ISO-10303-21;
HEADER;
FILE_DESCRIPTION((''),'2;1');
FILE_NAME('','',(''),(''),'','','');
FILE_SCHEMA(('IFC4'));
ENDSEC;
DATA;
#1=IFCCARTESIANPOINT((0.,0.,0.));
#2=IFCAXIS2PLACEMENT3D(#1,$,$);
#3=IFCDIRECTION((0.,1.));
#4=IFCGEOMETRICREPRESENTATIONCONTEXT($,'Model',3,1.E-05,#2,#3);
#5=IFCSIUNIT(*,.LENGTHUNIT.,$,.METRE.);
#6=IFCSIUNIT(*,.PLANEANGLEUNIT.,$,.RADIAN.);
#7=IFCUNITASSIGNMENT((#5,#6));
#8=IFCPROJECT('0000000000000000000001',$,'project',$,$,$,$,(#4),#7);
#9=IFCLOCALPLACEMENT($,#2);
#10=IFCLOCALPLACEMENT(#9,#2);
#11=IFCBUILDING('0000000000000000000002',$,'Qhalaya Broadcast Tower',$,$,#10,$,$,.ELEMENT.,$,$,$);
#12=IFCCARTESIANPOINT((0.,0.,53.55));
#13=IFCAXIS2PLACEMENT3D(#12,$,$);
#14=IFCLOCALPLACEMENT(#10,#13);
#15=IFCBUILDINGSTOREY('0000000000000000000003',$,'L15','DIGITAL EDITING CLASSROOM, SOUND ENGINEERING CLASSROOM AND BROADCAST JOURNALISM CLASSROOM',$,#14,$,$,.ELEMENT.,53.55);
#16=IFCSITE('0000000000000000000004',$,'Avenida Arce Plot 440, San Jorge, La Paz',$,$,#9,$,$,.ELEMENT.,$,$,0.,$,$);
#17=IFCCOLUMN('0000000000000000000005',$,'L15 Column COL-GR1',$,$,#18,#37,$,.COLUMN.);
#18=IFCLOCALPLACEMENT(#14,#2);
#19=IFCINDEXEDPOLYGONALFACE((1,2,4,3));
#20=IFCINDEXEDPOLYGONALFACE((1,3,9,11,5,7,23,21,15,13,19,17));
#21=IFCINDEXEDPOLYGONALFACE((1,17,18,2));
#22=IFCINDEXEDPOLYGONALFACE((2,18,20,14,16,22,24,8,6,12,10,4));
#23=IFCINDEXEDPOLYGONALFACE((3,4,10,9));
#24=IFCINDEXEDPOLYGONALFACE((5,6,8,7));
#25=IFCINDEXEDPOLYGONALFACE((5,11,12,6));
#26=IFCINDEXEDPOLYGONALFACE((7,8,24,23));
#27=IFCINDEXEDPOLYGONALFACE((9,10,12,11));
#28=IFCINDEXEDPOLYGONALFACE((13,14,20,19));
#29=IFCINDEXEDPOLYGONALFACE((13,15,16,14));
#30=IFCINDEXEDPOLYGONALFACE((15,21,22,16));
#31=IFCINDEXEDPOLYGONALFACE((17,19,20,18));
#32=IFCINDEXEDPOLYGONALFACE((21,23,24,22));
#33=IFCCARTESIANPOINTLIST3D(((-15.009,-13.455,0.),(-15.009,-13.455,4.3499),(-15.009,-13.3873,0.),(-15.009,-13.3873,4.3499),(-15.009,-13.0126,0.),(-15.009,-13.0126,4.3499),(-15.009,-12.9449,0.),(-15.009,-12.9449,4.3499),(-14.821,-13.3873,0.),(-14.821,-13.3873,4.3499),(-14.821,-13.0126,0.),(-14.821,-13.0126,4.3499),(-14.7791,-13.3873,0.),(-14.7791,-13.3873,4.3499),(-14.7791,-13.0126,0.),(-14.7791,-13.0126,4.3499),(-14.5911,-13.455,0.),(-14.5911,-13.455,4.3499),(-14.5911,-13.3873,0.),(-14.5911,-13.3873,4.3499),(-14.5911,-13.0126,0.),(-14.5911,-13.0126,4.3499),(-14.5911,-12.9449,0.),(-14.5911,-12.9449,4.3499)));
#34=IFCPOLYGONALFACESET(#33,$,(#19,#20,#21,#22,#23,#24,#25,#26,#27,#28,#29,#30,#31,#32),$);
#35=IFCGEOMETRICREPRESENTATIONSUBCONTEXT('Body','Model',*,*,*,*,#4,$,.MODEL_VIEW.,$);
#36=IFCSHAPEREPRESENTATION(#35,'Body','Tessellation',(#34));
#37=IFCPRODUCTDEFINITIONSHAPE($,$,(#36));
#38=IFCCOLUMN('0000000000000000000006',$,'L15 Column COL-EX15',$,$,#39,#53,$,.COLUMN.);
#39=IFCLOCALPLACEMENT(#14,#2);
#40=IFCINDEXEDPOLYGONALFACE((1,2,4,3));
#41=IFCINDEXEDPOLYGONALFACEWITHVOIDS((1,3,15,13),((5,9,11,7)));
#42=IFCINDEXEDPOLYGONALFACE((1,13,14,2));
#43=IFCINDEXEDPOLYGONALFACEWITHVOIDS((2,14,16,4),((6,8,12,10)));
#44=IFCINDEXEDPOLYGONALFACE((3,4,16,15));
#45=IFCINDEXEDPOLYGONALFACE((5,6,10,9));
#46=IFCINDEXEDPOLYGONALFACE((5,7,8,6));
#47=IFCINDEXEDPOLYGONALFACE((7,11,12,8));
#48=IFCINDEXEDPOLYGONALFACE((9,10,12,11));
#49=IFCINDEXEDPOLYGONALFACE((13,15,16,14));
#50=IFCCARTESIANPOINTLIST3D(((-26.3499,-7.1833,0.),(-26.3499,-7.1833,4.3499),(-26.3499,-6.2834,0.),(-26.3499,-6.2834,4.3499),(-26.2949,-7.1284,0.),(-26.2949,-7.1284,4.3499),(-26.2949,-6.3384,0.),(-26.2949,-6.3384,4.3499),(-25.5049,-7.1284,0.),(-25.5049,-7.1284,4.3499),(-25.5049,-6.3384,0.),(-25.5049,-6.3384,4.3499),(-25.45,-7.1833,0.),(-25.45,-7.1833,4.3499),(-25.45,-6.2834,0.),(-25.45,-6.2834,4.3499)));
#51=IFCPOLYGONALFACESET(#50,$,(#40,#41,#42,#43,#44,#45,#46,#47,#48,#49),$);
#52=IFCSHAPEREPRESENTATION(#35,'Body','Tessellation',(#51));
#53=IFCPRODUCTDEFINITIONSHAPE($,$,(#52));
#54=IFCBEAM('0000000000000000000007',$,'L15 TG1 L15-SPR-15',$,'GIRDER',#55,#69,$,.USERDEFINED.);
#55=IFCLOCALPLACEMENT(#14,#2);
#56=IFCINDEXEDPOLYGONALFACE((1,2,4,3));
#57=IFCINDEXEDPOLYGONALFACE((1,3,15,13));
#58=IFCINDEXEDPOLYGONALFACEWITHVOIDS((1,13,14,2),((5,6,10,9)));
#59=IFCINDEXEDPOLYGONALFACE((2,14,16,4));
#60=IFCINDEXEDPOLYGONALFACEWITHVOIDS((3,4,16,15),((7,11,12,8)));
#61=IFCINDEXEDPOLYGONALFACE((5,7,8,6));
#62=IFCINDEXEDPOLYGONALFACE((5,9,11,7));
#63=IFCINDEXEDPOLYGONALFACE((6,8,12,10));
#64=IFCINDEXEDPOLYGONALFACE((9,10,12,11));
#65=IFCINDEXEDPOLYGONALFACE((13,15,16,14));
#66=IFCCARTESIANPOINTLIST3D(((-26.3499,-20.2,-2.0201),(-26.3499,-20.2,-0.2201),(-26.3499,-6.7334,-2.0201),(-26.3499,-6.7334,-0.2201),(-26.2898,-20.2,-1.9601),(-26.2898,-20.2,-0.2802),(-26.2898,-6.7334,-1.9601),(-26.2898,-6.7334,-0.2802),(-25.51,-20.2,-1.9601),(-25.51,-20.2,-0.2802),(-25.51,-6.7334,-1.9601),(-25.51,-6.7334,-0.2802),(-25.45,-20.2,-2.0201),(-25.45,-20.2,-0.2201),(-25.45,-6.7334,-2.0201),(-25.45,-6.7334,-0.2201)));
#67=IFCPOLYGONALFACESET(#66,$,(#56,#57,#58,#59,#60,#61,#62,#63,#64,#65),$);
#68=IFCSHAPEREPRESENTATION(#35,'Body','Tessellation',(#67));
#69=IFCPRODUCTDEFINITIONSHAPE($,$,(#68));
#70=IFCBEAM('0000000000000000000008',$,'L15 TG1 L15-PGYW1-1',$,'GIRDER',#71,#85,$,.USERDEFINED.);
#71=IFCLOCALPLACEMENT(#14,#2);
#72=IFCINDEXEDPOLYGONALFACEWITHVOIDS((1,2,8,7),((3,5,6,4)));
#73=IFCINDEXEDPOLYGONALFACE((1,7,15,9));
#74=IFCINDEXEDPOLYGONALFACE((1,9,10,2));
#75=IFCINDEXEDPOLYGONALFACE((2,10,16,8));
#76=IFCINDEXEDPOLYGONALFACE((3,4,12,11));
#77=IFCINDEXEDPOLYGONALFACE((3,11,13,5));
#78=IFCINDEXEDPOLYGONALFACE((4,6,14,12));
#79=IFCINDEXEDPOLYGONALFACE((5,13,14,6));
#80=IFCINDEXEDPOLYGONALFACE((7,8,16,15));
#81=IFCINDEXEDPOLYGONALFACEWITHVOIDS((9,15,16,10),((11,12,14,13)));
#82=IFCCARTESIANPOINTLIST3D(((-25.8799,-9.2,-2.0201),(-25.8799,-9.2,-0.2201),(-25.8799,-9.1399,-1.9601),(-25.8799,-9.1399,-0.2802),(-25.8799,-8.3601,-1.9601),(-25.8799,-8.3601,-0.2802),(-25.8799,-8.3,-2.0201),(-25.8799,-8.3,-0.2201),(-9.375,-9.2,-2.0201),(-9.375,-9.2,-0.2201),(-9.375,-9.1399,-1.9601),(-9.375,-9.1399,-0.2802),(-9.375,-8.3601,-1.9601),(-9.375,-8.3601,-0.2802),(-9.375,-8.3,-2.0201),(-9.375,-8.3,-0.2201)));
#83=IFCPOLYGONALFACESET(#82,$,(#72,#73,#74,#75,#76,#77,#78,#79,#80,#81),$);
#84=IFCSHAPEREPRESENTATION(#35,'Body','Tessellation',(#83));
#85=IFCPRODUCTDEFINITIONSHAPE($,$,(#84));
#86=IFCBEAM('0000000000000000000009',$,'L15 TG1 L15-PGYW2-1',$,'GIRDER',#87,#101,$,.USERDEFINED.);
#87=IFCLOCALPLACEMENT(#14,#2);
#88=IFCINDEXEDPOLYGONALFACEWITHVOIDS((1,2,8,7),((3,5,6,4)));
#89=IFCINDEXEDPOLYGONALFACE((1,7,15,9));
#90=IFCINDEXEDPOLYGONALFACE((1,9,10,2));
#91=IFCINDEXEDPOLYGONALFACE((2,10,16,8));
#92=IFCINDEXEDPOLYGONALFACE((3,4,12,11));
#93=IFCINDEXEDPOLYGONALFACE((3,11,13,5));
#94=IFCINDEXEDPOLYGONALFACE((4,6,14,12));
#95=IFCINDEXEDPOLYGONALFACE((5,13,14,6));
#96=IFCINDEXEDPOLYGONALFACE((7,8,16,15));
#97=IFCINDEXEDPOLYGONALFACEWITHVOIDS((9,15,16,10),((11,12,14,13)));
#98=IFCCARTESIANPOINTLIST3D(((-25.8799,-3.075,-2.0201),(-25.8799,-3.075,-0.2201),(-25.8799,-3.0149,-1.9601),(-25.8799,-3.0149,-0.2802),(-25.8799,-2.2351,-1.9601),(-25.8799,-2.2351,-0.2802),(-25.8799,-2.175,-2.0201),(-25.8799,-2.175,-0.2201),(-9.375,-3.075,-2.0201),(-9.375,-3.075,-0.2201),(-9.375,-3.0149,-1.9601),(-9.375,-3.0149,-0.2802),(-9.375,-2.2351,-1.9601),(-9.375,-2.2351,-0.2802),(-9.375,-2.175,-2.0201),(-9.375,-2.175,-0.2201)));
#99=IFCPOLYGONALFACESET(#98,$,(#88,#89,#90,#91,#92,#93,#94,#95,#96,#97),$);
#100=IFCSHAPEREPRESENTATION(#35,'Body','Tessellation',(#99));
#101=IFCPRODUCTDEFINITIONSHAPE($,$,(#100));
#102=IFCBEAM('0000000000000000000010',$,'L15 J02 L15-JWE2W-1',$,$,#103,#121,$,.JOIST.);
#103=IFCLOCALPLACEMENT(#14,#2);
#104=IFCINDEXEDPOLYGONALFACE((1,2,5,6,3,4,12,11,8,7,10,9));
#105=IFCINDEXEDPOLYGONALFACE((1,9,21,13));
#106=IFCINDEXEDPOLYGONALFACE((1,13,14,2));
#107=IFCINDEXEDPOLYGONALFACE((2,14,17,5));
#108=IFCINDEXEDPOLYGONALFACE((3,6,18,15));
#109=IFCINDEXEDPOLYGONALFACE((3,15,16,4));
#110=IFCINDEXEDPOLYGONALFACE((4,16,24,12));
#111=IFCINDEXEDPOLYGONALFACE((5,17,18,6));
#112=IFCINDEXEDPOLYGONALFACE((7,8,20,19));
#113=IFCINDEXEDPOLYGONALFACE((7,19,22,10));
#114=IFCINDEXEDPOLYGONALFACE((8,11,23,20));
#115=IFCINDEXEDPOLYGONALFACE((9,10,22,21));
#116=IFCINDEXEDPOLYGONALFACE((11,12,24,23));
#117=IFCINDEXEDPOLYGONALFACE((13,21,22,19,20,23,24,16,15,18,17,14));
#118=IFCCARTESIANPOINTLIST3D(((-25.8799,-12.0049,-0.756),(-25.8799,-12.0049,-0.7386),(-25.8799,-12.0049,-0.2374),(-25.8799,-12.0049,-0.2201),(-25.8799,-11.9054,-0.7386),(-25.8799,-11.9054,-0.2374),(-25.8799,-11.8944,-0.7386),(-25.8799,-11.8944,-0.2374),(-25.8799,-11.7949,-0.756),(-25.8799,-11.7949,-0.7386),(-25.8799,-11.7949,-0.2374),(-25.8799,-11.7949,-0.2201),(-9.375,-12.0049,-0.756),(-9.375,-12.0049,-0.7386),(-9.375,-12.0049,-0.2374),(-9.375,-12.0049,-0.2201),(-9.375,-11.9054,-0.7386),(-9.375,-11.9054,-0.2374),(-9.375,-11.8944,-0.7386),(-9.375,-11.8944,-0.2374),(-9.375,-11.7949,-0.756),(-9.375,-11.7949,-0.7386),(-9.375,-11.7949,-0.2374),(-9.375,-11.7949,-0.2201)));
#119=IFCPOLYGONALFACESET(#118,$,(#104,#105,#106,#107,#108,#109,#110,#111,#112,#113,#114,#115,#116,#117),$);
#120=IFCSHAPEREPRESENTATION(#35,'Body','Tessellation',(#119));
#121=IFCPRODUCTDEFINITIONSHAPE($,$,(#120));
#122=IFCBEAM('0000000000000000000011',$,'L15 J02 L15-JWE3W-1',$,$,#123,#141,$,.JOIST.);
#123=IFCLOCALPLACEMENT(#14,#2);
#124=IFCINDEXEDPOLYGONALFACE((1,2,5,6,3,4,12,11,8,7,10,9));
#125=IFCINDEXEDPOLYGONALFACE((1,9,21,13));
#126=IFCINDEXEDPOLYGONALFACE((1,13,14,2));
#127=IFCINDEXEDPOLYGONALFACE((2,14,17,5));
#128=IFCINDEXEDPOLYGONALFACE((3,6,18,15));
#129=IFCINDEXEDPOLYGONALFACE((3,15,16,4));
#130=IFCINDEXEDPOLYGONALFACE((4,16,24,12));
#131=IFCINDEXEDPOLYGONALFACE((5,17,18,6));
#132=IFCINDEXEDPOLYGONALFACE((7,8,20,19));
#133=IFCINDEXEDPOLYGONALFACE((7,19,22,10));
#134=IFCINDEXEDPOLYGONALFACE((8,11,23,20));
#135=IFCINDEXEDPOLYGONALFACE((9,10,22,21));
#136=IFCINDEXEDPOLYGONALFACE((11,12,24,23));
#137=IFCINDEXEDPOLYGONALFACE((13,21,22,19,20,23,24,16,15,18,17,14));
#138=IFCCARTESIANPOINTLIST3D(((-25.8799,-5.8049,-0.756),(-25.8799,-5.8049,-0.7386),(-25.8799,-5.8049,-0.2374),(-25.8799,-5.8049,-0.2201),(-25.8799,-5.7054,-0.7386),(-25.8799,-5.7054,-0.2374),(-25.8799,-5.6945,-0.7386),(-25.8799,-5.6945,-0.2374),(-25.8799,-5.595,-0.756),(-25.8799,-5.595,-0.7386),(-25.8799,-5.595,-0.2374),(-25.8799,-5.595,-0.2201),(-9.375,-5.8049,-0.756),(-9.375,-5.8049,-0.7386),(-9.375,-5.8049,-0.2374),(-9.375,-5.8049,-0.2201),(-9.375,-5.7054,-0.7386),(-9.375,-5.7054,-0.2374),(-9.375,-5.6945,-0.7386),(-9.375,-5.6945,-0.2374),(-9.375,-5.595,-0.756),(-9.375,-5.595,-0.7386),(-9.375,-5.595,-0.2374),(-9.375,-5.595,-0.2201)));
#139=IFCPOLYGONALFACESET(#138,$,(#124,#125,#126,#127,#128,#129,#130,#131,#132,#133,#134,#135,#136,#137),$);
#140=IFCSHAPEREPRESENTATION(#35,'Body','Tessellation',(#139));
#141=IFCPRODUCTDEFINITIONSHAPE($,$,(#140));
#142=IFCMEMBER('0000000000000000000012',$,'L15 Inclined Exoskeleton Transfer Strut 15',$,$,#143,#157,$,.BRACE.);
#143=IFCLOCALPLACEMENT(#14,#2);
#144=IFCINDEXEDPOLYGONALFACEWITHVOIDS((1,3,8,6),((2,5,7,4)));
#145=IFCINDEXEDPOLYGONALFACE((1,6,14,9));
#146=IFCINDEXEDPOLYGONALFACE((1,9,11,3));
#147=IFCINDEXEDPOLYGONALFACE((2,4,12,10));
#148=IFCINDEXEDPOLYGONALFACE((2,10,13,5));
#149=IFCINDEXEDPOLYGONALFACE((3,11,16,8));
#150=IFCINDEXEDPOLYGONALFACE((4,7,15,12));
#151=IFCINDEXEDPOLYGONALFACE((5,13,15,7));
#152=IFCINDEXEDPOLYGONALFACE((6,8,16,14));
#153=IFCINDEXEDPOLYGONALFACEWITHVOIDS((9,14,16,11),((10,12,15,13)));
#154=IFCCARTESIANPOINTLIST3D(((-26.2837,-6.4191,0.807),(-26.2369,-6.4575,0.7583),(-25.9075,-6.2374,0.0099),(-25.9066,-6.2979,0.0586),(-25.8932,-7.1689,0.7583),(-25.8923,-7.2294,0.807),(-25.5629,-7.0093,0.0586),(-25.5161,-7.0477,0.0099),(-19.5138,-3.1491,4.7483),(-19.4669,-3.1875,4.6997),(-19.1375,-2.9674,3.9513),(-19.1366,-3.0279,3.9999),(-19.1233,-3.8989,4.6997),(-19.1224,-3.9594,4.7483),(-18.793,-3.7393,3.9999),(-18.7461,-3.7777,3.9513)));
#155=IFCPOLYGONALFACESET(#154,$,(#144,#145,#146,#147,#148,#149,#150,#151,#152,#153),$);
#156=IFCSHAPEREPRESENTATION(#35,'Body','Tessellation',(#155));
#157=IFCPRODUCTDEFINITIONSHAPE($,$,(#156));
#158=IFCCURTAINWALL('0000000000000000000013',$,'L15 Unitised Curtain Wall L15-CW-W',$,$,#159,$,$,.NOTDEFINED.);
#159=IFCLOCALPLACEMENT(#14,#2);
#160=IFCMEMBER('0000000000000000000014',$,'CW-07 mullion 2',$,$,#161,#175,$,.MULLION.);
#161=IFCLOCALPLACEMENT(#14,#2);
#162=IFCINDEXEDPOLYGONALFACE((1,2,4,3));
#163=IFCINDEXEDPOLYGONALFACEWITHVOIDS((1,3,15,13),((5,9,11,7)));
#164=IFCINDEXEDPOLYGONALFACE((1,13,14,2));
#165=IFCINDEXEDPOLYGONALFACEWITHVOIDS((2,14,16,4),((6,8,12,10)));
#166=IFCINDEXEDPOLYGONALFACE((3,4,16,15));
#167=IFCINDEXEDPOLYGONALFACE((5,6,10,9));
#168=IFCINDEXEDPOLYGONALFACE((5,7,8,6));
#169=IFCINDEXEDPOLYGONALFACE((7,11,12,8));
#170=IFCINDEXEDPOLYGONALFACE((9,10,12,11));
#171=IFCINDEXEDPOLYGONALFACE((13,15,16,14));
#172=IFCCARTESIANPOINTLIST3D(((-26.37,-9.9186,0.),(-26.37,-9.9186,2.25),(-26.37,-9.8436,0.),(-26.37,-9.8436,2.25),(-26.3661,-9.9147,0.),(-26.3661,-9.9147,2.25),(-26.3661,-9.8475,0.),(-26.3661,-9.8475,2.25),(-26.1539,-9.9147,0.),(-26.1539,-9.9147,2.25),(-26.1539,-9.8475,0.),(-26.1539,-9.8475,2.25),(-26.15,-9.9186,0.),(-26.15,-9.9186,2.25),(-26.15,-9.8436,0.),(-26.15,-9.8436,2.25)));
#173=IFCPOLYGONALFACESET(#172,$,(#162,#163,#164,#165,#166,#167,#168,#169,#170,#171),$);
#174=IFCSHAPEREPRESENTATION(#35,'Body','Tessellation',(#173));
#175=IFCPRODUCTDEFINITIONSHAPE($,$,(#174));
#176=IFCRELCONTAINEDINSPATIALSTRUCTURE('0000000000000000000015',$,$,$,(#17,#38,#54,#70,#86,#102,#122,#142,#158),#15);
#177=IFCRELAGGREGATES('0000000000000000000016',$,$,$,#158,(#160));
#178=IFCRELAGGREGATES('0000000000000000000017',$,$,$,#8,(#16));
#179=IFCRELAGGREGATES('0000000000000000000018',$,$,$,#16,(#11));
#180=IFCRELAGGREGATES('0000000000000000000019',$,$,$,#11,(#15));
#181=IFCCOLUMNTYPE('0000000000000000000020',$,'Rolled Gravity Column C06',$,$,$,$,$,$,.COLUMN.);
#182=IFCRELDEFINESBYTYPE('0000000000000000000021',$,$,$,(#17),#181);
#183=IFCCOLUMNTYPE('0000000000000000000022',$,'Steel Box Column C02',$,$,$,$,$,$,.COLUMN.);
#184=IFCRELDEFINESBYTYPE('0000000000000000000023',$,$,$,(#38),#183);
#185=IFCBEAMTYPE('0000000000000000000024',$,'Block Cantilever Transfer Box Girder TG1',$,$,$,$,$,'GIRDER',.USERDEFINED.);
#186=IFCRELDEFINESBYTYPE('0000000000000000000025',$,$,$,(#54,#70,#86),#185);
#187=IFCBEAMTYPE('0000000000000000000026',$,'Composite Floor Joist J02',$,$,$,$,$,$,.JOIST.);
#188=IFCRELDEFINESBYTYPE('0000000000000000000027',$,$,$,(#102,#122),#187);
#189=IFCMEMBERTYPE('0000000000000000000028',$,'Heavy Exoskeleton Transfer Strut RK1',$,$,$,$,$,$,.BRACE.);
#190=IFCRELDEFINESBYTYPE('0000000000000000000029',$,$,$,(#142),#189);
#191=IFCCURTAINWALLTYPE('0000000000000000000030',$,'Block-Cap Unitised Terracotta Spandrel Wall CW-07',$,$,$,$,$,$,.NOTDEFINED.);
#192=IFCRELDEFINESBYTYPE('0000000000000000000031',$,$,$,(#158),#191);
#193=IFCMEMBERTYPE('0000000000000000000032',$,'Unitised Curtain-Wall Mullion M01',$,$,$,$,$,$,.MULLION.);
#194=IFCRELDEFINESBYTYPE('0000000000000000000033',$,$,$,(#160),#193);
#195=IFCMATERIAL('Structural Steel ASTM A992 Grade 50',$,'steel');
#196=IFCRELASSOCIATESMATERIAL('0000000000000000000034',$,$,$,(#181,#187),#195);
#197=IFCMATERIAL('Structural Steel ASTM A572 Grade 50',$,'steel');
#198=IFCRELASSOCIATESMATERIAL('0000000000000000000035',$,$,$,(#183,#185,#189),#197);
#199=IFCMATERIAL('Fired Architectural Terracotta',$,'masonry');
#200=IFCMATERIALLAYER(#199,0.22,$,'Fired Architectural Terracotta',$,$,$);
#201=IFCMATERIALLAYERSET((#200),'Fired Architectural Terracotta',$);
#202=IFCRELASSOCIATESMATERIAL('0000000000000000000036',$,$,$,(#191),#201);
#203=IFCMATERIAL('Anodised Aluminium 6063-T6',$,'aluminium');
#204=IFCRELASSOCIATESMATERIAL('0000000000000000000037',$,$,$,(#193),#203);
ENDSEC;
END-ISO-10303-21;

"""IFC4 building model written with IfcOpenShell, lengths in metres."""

from ifc_helpers import new_model, si_unit, direction, frame, origin, origin_2d, place, context, subcontext, project, spatial, hollow_rectangle, i_section, extrude, material, layer, layer_set, material_profile, profile_set, type_object, element, aggregate, save


model = new_model("IFC4")

# Units and contexts
model_context = context("Model", 3, precision=1e-05, world=origin(), true_north=direction((0.0, 1.0)))
body_context = subcontext(model_context, "Body", "Model", "MODEL_VIEW")
ifc_project = project(units=[si_unit("LENGTHUNIT", "METRE"), si_unit("PLANEANGLEUNIT", "RADIAN")], contexts=[model_context])

# Site, building, storey
site_placement = place(None, origin())
site = spatial("IfcSite", under=ifc_project, at=site_placement, Name="Avenida Arce Plot 440, San Jorge, La Paz", CompositionType="ELEMENT", RefElevation=0.0)
building_placement = place(site_placement, origin())
building = spatial("IfcBuilding", under=site, at=building_placement, Name="Qhalaya Broadcast Tower", CompositionType="ELEMENT")
storey_placement = place(building_placement, frame((0.0, 0.0, 53.55)))
storey = spatial("IfcBuildingStorey", under=building, at=storey_placement, Name="L15", Description="DIGITAL EDITING CLASSROOM, SOUND ENGINEERING CLASSROOM AND BROADCAST JOURNALISM CLASSROOM", CompositionType="ELEMENT", Elevation=53.55)

# Columns
ifc_material_1 = material(Name="Structural Steel ASTM A992 Grade 50", Category="steel")
ifc_material_profile_1 = material_profile(ifc_material_1, i_section(OverallWidth=0.418, OverallDepth=0.51, WebThickness=0.042, FlangeThickness=0.0676, at=origin_2d()), Name="W14X370")
ifc_profile_set_1 = profile_set([ifc_material_profile_1], Name="Structural Steel ASTM A992 Grade 50")
column_type_1 = type_object("IfcColumnType", Name="Rolled Gravity Column C06", PredefinedType="COLUMN", material=ifc_profile_set_1)
column_1_placement = place(storey_placement, frame((-14.8, -13.2, 0.0), z_axis=(0.0, 0.0, 1.0), x_axis=(1.0, 0.0, 0.0)))
element("IfcColumn", 1, at=column_1_placement, inside=storey, type_object=column_type_1, Name="L15 Column COL-GR1", PredefinedType="COLUMN", context=body_context, shape_type="SweptSolid", body=[
    extrude(i_section(OverallWidth=0.418, OverallDepth=0.51, WebThickness=0.042, FlangeThickness=0.0676, at=origin_2d()), origin(), (0.0, 0.0, 1.0), 4.3499),
])
ifc_material_2 = material(Name="Structural Steel ASTM A572 Grade 50", Category="steel")
ifc_material_profile_2 = material_profile(ifc_material_2, hollow_rectangle(XDim=0.8999, YDim=0.8999, WallThickness=0.0549, at=origin_2d()), Name="BOX 900x900x55")
ifc_profile_set_2 = profile_set([ifc_material_profile_2], Name="Structural Steel ASTM A572 Grade 50")
column_type_2 = type_object("IfcColumnType", Name="Steel Box Column C02", PredefinedType="COLUMN", material=ifc_profile_set_2)
column_2_placement = place(storey_placement, frame((-25.8999, -6.7334, 0.0), z_axis=(0.0, 0.0, 1.0), x_axis=(0.0, 1.0, 0.0)))
element("IfcColumn", 2, at=column_2_placement, inside=storey, type_object=column_type_2, Name="L15 Column COL-EX15", PredefinedType="COLUMN", context=body_context, shape_type="SweptSolid", body=[
    extrude(hollow_rectangle(XDim=0.8999, YDim=0.8999, WallThickness=0.0549, at=origin_2d()), origin(), (0.0, 0.0, 1.0), 4.3499),
])

# Beams
ifc_material_profile_3 = material_profile(ifc_material_2, hollow_rectangle(XDim=0.8999, YDim=1.8, WallThickness=0.0601, at=origin_2d()), Name="BOX 900x1800x60")
ifc_profile_set_3 = profile_set([ifc_material_profile_3], Name="Structural Steel ASTM A572 Grade 50")
beam_type_1 = type_object("IfcBeamType", Name="Block Cantilever Transfer Box Girder TG1", ElementType="GIRDER", PredefinedType="USERDEFINED", material=ifc_profile_set_3)
beam_placement = place(storey_placement, frame((-25.8999, -6.7334, -1.1201), z_axis=(0.0, -1.0, 0.0), x_axis=(1.0, 0.0, 0.0)))
element("IfcBeam", 3, at=beam_placement, inside=storey, type_object=beam_type_1, Name="L15 TG1 L15-SPR-15", ObjectType="GIRDER", PredefinedType="USERDEFINED", context=body_context, shape_type="SweptSolid", body=[
    extrude(hollow_rectangle(XDim=0.8999, YDim=1.8, WallThickness=0.0601, at=origin_2d()), origin(), (0.0, 0.0, 1.0), 13.4666),
])
for number, where, z_axis, x_axis, name in (
    (4, (-25.8799, -8.75, -1.1201), (1.0, 0.0, 0.0), (0.0, 1.0, 0.0), "L15 TG1 L15-PGYW1-1"),
    (5, (-25.8799, -2.625, -1.1201), (1.0, 0.0, 0.0), (0.0, 1.0, 0.0), "L15 TG1 L15-PGYW2-1"),
):
    element("IfcBeam", number, at=place(storey_placement, frame(where, z_axis=z_axis, x_axis=x_axis)), inside=storey, type_object=beam_type_1, Name=name, ObjectType="GIRDER", PredefinedType="USERDEFINED", context=body_context, shape_type="SweptSolid", body=[
        extrude(hollow_rectangle(XDim=0.8999, YDim=1.8, WallThickness=0.0601, at=origin_2d()), origin(), (0.0, 0.0, 1.0), 16.5049),
    ])
ifc_material_profile_4 = material_profile(ifc_material_1, i_section(OverallWidth=0.21, OverallDepth=0.5359, WebThickness=0.011, FlangeThickness=0.0173, at=origin_2d()), Name="W21X68")
ifc_profile_set_4 = profile_set([ifc_material_profile_4], Name="Structural Steel ASTM A992 Grade 50")
beam_type_2 = type_object("IfcBeamType", Name="Composite Floor Joist J02", PredefinedType="JOIST", material=ifc_profile_set_4)
for number, where, z_axis, x_axis, name in (
    (6, (-25.8799, -11.8999, -0.488), (1.0, 0.0, 0.0), (0.0, 1.0, 0.0), "L15 J02 L15-JWE2W-1"),
    (7, (-25.8799, -5.7, -0.488), (1.0, 0.0, 0.0), (0.0, 1.0, 0.0), "L15 J02 L15-JWE3W-1"),
):
    element("IfcBeam", number, at=place(storey_placement, frame(where, z_axis=z_axis, x_axis=x_axis)), inside=storey, type_object=beam_type_2, Name=name, PredefinedType="JOIST", context=body_context, shape_type="SweptSolid", body=[
        extrude(i_section(OverallWidth=0.21, OverallDepth=0.5359, WebThickness=0.011, FlangeThickness=0.0173, at=origin_2d()), origin(), (0.0, 0.0, 1.0), 16.5049),
    ])

# Member
ifc_material_profile_5 = material_profile(ifc_material_2, hollow_rectangle(XDim=0.8999, YDim=0.8999, WallThickness=0.0549, at=origin_2d()), Name="BOX 900x900x55")
ifc_profile_set_5 = profile_set([ifc_material_profile_5], Name="Structural Steel ASTM A572 Grade 50")
member_type_1 = type_object("IfcMemberType", Name="Heavy Exoskeleton Transfer Strut RK1", PredefinedType="BRACE", material=ifc_profile_set_5)
member_1_placement = place(storey_placement, frame((-25.8999, -6.7334, 0.4084), z_axis=(0.797517, 0.385213, 0.464303), x_axis=(-0.434936, 0.900461, 0.0)))
element("IfcMember", 8, at=member_1_placement, inside=storey, type_object=member_type_1, Name="L15 Inclined Exoskeleton Transfer Strut 15", PredefinedType="BRACE", context=body_context, shape_type="SweptSolid", body=[
    extrude(hollow_rectangle(XDim=0.8999, YDim=0.8999, WallThickness=0.0549, at=origin_2d()), origin(), (0.0, 0.0, 1.0), 8.4888),
])

# Curtain wall, member
ifc_material_3 = material(Name="Fired Architectural Terracotta", Category="masonry")
ifc_layer_1 = layer(ifc_material_3, 0.22, Name="Fired Architectural Terracotta")
ifc_layer_set_1 = layer_set([ifc_layer_1], Name="Fired Architectural Terracotta")
curtain_wall_type = type_object("IfcCurtainWallType", Name="Block-Cap Unitised Terracotta Spandrel Wall CW-07", PredefinedType="NOTDEFINED", material=ifc_layer_set_1)
curtain_wall_placement = place(storey_placement, origin())
curtain_wall = element("IfcCurtainWall", 9, at=curtain_wall_placement, inside=storey, type_object=curtain_wall_type, Name="L15 Unitised Curtain Wall L15-CW-W", PredefinedType="NOTDEFINED")
ifc_material_4 = material(Name="Anodised Aluminium 6063-T6", Category="aluminium")
ifc_material_profile_6 = material_profile(ifc_material_4, hollow_rectangle(XDim=0.075, YDim=0.22, WallThickness=0.0039, at=origin_2d()), Name="ALU-MUL 75x220x4")
ifc_profile_set_6 = profile_set([ifc_material_profile_6], Name="Anodised Aluminium 6063-T6")
member_type_2 = type_object("IfcMemberType", Name="Unitised Curtain-Wall Mullion M01", PredefinedType="MULLION", material=ifc_profile_set_6)
member_2_placement = place(storey_placement, frame((-26.26, -9.8811, 0.0), z_axis=(0.0, 0.0, 1.0), x_axis=(0.0, 1.0, 0.0)))
member_2 = element("IfcMember", 10, at=member_2_placement, type_object=member_type_2, Name="CW-07 mullion 2", PredefinedType="MULLION", context=body_context, shape_type="SweptSolid", body=[
    extrude(hollow_rectangle(XDim=0.075, YDim=0.22, WallThickness=0.0039, at=origin_2d()), origin(), (0.0, 0.0, 1.0), 2.25),
])

aggregate(curtain_wall, [member_2])

save(model, "model.ifc")
